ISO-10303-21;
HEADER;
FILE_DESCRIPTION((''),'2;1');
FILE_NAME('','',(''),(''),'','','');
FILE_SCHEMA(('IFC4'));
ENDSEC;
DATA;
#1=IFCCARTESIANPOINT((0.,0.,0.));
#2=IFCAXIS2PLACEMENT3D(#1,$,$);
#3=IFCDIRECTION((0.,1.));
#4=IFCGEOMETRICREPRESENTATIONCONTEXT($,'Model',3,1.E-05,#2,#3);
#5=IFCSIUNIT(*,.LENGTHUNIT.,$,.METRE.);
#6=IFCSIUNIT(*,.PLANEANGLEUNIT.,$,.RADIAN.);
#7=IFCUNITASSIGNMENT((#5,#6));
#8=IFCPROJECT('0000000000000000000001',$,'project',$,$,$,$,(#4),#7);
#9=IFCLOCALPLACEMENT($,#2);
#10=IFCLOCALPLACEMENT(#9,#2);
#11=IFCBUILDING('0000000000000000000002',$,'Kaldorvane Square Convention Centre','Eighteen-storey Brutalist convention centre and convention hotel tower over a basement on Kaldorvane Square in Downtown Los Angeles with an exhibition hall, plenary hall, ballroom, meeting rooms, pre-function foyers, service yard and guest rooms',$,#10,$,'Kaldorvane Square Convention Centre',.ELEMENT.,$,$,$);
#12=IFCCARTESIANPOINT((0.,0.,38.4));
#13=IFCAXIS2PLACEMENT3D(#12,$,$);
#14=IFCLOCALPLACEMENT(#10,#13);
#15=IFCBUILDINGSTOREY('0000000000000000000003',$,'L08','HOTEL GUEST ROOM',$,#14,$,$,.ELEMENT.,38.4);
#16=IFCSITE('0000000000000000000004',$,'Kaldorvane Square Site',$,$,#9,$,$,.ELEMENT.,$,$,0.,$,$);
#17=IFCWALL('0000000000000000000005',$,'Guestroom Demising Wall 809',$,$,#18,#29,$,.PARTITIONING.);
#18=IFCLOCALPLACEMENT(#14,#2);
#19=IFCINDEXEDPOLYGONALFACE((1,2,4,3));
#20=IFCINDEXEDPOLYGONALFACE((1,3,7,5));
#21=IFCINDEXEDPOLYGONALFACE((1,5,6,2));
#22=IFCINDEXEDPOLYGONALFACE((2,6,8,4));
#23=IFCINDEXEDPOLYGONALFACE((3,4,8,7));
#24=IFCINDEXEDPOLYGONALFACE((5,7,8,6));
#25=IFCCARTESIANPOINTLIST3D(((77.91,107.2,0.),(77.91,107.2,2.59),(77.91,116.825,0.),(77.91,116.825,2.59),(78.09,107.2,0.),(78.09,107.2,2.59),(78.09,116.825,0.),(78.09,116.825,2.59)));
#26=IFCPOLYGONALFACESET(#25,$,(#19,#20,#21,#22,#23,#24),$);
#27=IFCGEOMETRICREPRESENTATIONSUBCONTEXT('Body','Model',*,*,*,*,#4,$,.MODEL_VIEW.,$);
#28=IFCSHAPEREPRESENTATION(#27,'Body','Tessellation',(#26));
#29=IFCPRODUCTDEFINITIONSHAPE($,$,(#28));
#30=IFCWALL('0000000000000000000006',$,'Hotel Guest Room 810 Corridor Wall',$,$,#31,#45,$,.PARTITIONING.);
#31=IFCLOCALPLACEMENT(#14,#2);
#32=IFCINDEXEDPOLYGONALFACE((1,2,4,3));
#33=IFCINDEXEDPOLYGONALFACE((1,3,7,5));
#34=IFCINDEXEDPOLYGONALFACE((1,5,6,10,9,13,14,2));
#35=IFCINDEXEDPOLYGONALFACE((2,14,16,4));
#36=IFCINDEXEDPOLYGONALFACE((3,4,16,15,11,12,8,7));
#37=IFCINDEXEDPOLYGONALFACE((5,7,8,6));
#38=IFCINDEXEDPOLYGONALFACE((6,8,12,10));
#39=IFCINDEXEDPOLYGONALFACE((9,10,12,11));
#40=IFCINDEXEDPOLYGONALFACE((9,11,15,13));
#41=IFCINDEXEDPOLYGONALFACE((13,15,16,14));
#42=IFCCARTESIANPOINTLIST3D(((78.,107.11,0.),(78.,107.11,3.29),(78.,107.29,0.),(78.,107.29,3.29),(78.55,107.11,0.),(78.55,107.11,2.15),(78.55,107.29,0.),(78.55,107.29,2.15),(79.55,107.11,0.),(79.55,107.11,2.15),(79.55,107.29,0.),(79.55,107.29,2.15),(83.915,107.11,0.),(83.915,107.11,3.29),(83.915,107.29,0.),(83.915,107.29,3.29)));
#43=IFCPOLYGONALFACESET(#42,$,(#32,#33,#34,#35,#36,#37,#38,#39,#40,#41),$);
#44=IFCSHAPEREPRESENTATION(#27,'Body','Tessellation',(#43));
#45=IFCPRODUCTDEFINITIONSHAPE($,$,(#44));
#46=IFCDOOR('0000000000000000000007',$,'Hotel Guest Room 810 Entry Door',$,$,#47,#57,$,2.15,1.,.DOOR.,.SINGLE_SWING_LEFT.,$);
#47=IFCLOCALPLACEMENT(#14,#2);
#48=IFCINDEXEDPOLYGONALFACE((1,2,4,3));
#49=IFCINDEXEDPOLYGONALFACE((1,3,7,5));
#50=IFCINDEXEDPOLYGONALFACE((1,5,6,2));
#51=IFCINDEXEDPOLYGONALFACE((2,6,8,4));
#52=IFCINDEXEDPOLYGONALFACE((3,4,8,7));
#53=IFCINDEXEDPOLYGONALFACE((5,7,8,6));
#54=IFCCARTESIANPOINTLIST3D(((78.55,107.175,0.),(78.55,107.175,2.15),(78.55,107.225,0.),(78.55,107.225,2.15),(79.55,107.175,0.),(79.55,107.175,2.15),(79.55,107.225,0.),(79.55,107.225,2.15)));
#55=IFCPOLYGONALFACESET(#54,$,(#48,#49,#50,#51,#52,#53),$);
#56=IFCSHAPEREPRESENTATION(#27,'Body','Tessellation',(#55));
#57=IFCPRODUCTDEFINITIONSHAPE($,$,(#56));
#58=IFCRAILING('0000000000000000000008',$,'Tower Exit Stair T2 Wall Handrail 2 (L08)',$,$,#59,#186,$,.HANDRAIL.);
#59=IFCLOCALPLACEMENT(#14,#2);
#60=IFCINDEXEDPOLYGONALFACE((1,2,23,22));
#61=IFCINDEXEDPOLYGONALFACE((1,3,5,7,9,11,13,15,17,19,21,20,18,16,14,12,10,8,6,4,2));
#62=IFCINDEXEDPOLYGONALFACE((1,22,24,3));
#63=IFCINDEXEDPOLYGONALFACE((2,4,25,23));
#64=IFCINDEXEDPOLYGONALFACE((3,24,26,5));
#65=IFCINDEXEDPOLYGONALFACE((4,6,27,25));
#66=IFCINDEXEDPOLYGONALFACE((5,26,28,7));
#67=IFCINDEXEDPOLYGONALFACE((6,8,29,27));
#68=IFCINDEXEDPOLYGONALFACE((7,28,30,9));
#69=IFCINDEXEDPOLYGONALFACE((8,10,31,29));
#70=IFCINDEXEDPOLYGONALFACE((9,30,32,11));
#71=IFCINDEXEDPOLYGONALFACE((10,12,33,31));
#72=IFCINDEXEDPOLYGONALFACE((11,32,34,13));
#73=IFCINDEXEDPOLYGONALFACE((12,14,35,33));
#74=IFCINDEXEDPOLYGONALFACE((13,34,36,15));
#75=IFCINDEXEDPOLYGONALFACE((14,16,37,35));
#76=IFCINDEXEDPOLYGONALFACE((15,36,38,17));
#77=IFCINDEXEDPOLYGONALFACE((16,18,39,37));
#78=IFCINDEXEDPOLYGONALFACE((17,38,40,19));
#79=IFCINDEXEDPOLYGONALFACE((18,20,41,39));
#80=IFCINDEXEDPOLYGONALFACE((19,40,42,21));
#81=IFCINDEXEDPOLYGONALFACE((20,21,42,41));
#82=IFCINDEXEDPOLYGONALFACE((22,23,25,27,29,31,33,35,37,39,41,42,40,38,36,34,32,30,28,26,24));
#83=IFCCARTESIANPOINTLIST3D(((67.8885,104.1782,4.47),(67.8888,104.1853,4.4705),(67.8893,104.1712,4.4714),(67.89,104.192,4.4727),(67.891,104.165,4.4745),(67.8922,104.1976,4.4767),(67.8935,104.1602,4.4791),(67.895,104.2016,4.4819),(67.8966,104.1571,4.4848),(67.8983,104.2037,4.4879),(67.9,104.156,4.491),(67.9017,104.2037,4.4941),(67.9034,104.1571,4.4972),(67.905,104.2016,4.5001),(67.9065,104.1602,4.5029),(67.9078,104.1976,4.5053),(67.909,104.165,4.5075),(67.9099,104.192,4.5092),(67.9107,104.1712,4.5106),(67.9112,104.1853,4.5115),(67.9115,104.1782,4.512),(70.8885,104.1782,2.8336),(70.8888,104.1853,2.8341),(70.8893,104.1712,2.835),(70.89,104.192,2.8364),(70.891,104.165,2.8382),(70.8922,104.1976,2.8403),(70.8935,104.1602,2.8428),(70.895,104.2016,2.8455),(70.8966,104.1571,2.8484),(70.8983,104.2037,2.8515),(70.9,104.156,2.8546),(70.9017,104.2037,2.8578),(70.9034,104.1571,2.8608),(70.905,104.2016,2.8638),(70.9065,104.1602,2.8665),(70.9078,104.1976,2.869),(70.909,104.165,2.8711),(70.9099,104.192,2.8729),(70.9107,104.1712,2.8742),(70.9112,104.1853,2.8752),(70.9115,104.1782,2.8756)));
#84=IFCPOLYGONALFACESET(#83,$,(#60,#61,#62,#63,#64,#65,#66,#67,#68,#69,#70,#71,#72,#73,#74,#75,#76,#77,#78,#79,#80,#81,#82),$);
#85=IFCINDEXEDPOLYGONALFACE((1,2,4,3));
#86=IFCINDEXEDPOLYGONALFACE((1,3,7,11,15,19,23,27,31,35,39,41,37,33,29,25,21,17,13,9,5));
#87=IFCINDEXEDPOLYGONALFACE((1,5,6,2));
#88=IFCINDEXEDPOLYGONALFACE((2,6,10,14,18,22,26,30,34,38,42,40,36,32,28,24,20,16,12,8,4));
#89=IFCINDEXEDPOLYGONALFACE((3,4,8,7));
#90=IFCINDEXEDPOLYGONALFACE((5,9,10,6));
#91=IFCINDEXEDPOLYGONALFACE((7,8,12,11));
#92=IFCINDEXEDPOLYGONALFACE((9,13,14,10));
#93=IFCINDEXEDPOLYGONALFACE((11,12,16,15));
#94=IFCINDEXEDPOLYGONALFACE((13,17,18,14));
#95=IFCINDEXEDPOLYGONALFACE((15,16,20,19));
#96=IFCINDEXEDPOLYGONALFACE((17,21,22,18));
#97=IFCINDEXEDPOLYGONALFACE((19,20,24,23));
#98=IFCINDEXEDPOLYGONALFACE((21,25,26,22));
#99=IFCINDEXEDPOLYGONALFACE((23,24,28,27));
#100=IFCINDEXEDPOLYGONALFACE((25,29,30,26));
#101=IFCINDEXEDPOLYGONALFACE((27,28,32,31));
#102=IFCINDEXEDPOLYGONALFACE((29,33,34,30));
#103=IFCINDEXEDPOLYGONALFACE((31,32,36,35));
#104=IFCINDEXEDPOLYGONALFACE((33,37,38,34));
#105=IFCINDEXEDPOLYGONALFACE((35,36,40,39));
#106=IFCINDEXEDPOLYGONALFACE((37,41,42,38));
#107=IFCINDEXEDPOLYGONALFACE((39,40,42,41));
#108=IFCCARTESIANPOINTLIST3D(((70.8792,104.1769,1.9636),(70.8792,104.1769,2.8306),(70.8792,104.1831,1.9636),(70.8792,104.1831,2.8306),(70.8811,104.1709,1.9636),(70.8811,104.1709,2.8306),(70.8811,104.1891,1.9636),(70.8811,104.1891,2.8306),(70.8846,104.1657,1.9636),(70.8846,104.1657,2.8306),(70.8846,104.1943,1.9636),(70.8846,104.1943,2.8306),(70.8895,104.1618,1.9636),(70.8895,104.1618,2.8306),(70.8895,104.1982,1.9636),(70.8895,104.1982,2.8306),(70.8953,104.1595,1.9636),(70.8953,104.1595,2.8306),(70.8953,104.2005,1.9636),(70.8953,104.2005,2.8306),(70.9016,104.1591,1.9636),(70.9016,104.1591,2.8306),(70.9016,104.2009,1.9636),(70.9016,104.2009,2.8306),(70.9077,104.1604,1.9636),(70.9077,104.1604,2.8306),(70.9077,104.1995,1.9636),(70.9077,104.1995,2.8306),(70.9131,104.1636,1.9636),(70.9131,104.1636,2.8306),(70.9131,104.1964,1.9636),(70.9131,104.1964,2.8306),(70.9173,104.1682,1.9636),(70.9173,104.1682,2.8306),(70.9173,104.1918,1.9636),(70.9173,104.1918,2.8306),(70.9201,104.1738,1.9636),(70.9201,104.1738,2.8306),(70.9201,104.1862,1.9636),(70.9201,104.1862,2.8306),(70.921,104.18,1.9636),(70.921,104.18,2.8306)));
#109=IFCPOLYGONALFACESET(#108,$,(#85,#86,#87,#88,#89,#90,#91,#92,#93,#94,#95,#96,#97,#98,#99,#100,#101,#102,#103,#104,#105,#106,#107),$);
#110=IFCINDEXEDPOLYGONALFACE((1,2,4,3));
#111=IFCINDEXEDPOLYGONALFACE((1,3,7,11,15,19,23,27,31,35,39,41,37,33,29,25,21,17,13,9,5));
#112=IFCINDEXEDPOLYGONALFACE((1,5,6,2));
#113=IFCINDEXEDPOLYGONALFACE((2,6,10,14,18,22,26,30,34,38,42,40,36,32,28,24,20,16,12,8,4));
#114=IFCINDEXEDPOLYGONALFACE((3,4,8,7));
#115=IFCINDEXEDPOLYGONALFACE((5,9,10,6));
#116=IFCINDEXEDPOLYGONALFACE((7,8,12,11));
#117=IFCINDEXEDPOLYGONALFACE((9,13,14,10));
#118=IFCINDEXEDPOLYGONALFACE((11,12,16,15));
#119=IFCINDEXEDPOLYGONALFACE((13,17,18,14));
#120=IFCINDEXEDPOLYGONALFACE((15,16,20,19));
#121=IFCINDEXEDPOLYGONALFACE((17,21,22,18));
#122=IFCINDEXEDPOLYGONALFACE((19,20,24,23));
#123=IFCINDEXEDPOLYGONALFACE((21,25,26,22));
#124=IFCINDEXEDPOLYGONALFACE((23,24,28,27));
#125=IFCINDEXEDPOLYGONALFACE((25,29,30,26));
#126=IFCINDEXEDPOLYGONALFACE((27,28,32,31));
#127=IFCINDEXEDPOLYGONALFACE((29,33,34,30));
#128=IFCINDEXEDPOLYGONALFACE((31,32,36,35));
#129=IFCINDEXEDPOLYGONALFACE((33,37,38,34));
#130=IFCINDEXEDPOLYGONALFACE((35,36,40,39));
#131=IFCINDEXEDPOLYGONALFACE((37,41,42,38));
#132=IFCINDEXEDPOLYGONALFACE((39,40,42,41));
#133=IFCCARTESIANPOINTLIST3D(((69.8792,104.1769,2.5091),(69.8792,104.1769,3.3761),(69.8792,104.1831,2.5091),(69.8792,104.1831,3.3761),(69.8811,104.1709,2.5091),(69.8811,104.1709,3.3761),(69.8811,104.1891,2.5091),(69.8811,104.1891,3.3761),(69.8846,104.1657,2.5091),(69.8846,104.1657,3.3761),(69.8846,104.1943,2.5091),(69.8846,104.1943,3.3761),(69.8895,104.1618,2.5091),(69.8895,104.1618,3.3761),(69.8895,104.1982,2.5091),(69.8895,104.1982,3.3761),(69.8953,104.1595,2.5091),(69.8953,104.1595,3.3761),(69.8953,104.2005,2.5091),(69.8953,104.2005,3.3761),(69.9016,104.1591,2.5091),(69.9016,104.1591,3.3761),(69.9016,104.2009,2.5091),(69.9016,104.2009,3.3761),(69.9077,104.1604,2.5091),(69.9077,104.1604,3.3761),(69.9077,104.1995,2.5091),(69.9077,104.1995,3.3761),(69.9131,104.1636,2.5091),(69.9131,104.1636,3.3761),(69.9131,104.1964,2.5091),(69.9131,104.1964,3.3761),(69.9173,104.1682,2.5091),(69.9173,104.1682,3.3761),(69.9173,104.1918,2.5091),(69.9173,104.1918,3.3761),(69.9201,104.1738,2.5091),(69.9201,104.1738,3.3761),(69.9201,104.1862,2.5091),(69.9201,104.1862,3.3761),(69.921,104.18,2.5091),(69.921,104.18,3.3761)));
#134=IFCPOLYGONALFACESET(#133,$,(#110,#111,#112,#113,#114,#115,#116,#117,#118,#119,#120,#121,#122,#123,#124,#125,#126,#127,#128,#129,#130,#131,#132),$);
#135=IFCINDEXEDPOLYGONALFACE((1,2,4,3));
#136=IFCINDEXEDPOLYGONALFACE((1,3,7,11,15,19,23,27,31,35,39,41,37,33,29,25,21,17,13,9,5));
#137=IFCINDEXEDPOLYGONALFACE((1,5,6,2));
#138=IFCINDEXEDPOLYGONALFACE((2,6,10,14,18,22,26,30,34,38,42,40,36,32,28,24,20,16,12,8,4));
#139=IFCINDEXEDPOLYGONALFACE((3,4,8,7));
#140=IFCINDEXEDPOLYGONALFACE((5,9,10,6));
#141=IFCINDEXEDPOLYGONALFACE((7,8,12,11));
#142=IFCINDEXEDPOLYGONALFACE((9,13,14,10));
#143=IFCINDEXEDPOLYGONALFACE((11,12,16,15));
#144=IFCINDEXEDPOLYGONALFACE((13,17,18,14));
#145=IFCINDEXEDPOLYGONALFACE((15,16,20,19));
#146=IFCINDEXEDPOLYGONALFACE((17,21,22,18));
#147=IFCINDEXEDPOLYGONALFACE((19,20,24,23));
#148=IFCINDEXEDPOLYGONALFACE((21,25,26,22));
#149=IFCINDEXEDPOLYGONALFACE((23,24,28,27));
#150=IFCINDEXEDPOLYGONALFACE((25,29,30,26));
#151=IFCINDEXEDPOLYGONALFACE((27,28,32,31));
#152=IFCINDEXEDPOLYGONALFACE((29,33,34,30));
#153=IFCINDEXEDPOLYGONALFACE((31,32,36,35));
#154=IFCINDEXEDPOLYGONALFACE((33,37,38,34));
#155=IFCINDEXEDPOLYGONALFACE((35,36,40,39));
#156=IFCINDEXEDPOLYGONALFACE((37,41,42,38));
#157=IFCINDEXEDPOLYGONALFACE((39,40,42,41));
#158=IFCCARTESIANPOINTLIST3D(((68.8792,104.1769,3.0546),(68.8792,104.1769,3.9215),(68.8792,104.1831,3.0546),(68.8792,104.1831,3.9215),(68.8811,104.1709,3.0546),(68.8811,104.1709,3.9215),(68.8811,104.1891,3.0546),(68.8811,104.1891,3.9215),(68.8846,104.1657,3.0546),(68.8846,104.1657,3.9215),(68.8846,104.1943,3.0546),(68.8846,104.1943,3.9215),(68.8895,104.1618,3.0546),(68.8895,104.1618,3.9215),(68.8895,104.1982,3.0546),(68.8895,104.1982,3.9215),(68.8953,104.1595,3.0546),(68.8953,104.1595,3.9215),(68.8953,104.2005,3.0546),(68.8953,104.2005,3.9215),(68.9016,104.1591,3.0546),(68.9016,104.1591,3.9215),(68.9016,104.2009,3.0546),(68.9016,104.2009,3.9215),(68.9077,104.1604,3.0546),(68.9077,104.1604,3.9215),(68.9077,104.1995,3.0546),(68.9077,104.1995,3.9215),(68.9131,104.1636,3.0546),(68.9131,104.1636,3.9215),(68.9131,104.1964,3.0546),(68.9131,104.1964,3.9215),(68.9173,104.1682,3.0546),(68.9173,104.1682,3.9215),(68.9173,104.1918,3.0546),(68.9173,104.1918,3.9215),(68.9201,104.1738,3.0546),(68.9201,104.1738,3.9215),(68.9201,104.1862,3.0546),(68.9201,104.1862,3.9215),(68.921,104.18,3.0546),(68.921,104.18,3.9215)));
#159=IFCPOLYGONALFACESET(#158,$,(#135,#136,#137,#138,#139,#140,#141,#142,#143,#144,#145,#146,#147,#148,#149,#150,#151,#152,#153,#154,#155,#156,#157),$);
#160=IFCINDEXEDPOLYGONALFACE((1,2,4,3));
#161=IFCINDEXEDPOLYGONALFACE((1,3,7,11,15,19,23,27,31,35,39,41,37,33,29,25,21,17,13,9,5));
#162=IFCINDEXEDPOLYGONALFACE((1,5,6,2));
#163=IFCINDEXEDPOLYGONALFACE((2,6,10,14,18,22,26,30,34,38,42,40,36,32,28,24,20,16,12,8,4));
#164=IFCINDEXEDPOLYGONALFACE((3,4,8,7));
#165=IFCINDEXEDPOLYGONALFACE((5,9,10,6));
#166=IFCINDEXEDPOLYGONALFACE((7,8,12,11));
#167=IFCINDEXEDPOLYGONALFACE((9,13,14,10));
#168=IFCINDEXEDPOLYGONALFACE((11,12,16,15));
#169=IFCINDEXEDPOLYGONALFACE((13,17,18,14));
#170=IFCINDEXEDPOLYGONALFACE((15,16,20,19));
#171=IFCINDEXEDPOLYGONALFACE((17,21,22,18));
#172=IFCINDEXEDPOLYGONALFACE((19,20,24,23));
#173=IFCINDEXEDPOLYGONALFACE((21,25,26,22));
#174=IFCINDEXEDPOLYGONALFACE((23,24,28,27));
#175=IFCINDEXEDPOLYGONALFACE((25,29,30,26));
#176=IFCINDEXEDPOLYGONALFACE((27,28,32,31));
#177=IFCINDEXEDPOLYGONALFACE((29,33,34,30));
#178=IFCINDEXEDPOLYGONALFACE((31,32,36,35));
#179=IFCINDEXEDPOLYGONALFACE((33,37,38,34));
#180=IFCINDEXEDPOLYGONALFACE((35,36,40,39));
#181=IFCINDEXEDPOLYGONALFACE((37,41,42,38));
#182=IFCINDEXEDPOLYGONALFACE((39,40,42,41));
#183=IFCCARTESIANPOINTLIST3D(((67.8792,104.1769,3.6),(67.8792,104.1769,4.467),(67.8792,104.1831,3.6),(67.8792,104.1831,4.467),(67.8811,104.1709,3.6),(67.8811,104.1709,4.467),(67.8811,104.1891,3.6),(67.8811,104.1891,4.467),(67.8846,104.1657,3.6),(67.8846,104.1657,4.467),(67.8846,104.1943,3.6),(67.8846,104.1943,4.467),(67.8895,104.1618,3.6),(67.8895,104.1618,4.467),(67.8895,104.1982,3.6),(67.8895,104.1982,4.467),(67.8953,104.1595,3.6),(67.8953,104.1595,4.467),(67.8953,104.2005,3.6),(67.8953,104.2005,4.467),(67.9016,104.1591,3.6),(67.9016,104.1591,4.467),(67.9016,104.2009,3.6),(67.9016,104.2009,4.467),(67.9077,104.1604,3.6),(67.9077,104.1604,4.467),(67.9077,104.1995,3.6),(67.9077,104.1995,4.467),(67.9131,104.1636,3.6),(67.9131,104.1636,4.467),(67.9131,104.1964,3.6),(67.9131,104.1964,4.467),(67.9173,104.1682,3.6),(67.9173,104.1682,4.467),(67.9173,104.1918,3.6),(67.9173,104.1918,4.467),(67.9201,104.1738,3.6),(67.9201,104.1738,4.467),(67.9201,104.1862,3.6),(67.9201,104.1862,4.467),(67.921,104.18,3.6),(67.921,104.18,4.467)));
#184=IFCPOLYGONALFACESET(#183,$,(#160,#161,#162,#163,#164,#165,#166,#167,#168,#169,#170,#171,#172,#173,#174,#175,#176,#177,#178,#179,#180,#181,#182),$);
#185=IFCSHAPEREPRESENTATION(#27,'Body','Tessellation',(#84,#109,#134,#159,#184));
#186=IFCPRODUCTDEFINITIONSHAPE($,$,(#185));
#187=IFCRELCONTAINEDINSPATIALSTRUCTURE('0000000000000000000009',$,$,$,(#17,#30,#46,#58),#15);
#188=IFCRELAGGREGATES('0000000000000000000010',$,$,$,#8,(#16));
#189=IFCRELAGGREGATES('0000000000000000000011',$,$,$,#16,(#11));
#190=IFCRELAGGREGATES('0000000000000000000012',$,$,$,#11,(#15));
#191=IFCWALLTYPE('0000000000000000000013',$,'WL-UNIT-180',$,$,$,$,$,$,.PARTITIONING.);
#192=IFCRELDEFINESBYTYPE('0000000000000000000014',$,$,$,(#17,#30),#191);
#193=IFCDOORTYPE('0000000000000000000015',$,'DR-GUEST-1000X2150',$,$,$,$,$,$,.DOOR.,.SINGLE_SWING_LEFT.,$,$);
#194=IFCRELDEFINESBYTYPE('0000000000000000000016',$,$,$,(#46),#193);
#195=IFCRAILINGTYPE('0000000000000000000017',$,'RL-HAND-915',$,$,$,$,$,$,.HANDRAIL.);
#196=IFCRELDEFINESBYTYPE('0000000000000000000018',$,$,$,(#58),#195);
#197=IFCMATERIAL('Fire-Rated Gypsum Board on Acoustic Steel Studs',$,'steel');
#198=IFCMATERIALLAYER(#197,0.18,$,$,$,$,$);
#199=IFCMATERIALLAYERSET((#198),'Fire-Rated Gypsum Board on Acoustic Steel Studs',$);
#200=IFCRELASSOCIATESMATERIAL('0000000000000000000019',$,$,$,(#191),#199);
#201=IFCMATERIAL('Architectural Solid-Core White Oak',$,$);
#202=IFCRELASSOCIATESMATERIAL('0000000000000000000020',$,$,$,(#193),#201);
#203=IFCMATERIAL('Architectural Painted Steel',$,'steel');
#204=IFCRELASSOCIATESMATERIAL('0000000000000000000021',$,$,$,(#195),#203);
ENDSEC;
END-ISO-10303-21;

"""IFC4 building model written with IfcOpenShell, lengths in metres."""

from ifc_helpers import new_model, si_unit, direction, frame, frame_2d, origin, origin_2d, place, context, subcontext, project, spatial, rectangle, circle, extrude, material, layer, layer_set, type_object, element, fill, save


model = new_model("IFC4")

# Units and contexts
model_context = context("Model", 3, precision=1e-05, world=origin(), true_north=direction((0.0, 1.0)))
body_context = subcontext(model_context, "Body", "Model", "MODEL_VIEW")
ifc_project = project(units=[si_unit("LENGTHUNIT", "METRE"), si_unit("PLANEANGLEUNIT", "RADIAN")], contexts=[model_context])

# Site, building, storey
site_placement = place(None, origin())
site = spatial("IfcSite", under=ifc_project, at=site_placement, Name="Kaldorvane Square Site", CompositionType="ELEMENT", RefElevation=0.0)
building_placement = place(site_placement, origin())
building = spatial("IfcBuilding", under=site, at=building_placement, Name="Kaldorvane Square Convention Centre", Description="Eighteen-storey Brutalist convention centre and convention hotel tower over a basement on Kaldorvane Square in Downtown Los Angeles with an exhibition hall, plenary hall, ballroom, meeting rooms, pre-function foyers, service yard and guest rooms", LongName="Kaldorvane Square Convention Centre", CompositionType="ELEMENT")
storey_placement = place(building_placement, frame((0.0, 0.0, 38.4)))
storey = spatial("IfcBuildingStorey", under=building, at=storey_placement, Name="L08", Description="HOTEL GUEST ROOM", CompositionType="ELEMENT", Elevation=38.4)

# Shared definitions
ifc_material_1 = material(Name="Fire-Rated Gypsum Board on Acoustic Steel Studs", Category="steel")
ifc_material_2 = material(Name="Architectural Solid-Core White Oak")

# Shared definitions
ifc_layer_1 = layer(ifc_material_1, 0.18)
ifc_layer_set_1 = layer_set([ifc_layer_1], Name="Fire-Rated Gypsum Board on Acoustic Steel Studs")
wall_type_1 = type_object("IfcWallType", Name="WL-UNIT-180", PredefinedType="PARTITIONING", material=ifc_layer_set_1)

# Shared definitions
door_type_1 = type_object("IfcDoorType", Name="DR-GUEST-1000X2150", OperationType="SINGLE_SWING_LEFT", PredefinedType="DOOR", material=ifc_material_2)

# Wall
wall_1_placement = place(storey_placement, frame((78.0, 107.2, 0.0), z_axis=(0.0, 0.0, 1.0), x_axis=(0.0, 1.0, 0.0)))
element("IfcWall", 1, at=wall_1_placement, inside=storey, type_object=wall_type_1, Name="Guestroom Demising Wall 809", PredefinedType="PARTITIONING", context=body_context, shape_type="SweptSolid", body=[
    extrude(rectangle(XDim=9.625, YDim=0.18, at=frame_2d((4.8125, 0.0))), origin(), (0.0, 0.0, 1.0), 2.59),
])

# Wall, opening, door
wall_2_placement = place(storey_placement, frame((78.0, 107.2, 0.0), z_axis=(0.0, 0.0, 1.0), x_axis=(1.0, 0.0, 0.0)))
wall_2 = element("IfcWall", 2, at=wall_2_placement, inside=storey, type_object=wall_type_1, Name="Hotel Guest Room 810 Corridor Wall", PredefinedType="PARTITIONING", context=body_context, shape_type="SweptSolid", body=[
    extrude(rectangle(XDim=5.915, YDim=0.18, at=frame_2d((2.9575, 0.0))), origin(), (0.0, 0.0, 1.0), 3.29),
])
opening_1_placement = place(wall_2_placement, frame((0.55, 0.0, 0.0)))
opening_1 = element("IfcOpeningElement", 3, at=opening_1_placement, cuts=wall_2, PredefinedType="OPENING", context=body_context, shape_type="SweptSolid", body=[
    extrude(rectangle(XDim=1.0, YDim=2.15, at=frame_2d((0.5, 1.075))), frame((0.0, 0.105, 0.0), z_axis=(0.0, -1.0, 0.0), x_axis=(1.0, 0.0, 0.0)), (0.0, 0.0, 1.0), 0.21),
])
door_1_placement = place(opening_1_placement, origin())
door_1 = element("IfcDoor", 4, at=door_1_placement, inside=storey, type_object=door_type_1, Name="Hotel Guest Room 810 Entry Door", OperationType="SINGLE_SWING_LEFT", OverallHeight=2.15, OverallWidth=1.0, PredefinedType="DOOR", context=body_context, shape_type="SweptSolid", body=[
    extrude(rectangle(XDim=1.0, YDim=2.15, at=frame_2d((0.5, 1.075))), frame((0.0, 0.025, 0.0), z_axis=(0.0, -1.0, 0.0), x_axis=(1.0, 0.0, 0.0)), (0.0, 0.0, 1.0), 0.05),
])
fill(opening_1, door_1)

# Railing
ifc_material_3 = material(Name="Architectural Painted Steel", Category="steel")
railing_type = type_object("IfcRailingType", Name="RL-HAND-915", PredefinedType="HANDRAIL", material=ifc_material_3)
railing_placement = place(storey_placement, frame((70.9, 104.18, 1.9636)))
element("IfcRailing", 5, at=railing_placement, inside=storey, type_object=railing_type, Name="Tower Exit Stair T2 Wall Handrail 2 (L08)", PredefinedType="HANDRAIL", context=body_context, shape_type="SweptSolid", body=[
    extrude(circle(Radius=0.024, at=origin_2d()), frame((0.0, 0.0, 0.891), z_axis=(-0.877895, 0.0, 0.478853), x_axis=(0.0, -1.0, 0.0)), (0.0, 0.0, 1.0), 3.4173),
    extrude(circle(Radius=0.021, at=origin_2d()), origin(), (0.0, 0.0, 1.0), 0.867),
    extrude(circle(Radius=0.021, at=origin_2d()), frame((-1.0, 0.0, 0.5455)), (0.0, 0.0, 1.0), 0.867),
    extrude(circle(Radius=0.021, at=origin_2d()), frame((-2.0, 0.0, 1.0909)), (0.0, 0.0, 1.0), 0.867),
    extrude(circle(Radius=0.021, at=origin_2d()), frame((-3.0, 0.0, 1.6364)), (0.0, 0.0, 1.0), 0.867),
])

save(model, "model.ifc")
